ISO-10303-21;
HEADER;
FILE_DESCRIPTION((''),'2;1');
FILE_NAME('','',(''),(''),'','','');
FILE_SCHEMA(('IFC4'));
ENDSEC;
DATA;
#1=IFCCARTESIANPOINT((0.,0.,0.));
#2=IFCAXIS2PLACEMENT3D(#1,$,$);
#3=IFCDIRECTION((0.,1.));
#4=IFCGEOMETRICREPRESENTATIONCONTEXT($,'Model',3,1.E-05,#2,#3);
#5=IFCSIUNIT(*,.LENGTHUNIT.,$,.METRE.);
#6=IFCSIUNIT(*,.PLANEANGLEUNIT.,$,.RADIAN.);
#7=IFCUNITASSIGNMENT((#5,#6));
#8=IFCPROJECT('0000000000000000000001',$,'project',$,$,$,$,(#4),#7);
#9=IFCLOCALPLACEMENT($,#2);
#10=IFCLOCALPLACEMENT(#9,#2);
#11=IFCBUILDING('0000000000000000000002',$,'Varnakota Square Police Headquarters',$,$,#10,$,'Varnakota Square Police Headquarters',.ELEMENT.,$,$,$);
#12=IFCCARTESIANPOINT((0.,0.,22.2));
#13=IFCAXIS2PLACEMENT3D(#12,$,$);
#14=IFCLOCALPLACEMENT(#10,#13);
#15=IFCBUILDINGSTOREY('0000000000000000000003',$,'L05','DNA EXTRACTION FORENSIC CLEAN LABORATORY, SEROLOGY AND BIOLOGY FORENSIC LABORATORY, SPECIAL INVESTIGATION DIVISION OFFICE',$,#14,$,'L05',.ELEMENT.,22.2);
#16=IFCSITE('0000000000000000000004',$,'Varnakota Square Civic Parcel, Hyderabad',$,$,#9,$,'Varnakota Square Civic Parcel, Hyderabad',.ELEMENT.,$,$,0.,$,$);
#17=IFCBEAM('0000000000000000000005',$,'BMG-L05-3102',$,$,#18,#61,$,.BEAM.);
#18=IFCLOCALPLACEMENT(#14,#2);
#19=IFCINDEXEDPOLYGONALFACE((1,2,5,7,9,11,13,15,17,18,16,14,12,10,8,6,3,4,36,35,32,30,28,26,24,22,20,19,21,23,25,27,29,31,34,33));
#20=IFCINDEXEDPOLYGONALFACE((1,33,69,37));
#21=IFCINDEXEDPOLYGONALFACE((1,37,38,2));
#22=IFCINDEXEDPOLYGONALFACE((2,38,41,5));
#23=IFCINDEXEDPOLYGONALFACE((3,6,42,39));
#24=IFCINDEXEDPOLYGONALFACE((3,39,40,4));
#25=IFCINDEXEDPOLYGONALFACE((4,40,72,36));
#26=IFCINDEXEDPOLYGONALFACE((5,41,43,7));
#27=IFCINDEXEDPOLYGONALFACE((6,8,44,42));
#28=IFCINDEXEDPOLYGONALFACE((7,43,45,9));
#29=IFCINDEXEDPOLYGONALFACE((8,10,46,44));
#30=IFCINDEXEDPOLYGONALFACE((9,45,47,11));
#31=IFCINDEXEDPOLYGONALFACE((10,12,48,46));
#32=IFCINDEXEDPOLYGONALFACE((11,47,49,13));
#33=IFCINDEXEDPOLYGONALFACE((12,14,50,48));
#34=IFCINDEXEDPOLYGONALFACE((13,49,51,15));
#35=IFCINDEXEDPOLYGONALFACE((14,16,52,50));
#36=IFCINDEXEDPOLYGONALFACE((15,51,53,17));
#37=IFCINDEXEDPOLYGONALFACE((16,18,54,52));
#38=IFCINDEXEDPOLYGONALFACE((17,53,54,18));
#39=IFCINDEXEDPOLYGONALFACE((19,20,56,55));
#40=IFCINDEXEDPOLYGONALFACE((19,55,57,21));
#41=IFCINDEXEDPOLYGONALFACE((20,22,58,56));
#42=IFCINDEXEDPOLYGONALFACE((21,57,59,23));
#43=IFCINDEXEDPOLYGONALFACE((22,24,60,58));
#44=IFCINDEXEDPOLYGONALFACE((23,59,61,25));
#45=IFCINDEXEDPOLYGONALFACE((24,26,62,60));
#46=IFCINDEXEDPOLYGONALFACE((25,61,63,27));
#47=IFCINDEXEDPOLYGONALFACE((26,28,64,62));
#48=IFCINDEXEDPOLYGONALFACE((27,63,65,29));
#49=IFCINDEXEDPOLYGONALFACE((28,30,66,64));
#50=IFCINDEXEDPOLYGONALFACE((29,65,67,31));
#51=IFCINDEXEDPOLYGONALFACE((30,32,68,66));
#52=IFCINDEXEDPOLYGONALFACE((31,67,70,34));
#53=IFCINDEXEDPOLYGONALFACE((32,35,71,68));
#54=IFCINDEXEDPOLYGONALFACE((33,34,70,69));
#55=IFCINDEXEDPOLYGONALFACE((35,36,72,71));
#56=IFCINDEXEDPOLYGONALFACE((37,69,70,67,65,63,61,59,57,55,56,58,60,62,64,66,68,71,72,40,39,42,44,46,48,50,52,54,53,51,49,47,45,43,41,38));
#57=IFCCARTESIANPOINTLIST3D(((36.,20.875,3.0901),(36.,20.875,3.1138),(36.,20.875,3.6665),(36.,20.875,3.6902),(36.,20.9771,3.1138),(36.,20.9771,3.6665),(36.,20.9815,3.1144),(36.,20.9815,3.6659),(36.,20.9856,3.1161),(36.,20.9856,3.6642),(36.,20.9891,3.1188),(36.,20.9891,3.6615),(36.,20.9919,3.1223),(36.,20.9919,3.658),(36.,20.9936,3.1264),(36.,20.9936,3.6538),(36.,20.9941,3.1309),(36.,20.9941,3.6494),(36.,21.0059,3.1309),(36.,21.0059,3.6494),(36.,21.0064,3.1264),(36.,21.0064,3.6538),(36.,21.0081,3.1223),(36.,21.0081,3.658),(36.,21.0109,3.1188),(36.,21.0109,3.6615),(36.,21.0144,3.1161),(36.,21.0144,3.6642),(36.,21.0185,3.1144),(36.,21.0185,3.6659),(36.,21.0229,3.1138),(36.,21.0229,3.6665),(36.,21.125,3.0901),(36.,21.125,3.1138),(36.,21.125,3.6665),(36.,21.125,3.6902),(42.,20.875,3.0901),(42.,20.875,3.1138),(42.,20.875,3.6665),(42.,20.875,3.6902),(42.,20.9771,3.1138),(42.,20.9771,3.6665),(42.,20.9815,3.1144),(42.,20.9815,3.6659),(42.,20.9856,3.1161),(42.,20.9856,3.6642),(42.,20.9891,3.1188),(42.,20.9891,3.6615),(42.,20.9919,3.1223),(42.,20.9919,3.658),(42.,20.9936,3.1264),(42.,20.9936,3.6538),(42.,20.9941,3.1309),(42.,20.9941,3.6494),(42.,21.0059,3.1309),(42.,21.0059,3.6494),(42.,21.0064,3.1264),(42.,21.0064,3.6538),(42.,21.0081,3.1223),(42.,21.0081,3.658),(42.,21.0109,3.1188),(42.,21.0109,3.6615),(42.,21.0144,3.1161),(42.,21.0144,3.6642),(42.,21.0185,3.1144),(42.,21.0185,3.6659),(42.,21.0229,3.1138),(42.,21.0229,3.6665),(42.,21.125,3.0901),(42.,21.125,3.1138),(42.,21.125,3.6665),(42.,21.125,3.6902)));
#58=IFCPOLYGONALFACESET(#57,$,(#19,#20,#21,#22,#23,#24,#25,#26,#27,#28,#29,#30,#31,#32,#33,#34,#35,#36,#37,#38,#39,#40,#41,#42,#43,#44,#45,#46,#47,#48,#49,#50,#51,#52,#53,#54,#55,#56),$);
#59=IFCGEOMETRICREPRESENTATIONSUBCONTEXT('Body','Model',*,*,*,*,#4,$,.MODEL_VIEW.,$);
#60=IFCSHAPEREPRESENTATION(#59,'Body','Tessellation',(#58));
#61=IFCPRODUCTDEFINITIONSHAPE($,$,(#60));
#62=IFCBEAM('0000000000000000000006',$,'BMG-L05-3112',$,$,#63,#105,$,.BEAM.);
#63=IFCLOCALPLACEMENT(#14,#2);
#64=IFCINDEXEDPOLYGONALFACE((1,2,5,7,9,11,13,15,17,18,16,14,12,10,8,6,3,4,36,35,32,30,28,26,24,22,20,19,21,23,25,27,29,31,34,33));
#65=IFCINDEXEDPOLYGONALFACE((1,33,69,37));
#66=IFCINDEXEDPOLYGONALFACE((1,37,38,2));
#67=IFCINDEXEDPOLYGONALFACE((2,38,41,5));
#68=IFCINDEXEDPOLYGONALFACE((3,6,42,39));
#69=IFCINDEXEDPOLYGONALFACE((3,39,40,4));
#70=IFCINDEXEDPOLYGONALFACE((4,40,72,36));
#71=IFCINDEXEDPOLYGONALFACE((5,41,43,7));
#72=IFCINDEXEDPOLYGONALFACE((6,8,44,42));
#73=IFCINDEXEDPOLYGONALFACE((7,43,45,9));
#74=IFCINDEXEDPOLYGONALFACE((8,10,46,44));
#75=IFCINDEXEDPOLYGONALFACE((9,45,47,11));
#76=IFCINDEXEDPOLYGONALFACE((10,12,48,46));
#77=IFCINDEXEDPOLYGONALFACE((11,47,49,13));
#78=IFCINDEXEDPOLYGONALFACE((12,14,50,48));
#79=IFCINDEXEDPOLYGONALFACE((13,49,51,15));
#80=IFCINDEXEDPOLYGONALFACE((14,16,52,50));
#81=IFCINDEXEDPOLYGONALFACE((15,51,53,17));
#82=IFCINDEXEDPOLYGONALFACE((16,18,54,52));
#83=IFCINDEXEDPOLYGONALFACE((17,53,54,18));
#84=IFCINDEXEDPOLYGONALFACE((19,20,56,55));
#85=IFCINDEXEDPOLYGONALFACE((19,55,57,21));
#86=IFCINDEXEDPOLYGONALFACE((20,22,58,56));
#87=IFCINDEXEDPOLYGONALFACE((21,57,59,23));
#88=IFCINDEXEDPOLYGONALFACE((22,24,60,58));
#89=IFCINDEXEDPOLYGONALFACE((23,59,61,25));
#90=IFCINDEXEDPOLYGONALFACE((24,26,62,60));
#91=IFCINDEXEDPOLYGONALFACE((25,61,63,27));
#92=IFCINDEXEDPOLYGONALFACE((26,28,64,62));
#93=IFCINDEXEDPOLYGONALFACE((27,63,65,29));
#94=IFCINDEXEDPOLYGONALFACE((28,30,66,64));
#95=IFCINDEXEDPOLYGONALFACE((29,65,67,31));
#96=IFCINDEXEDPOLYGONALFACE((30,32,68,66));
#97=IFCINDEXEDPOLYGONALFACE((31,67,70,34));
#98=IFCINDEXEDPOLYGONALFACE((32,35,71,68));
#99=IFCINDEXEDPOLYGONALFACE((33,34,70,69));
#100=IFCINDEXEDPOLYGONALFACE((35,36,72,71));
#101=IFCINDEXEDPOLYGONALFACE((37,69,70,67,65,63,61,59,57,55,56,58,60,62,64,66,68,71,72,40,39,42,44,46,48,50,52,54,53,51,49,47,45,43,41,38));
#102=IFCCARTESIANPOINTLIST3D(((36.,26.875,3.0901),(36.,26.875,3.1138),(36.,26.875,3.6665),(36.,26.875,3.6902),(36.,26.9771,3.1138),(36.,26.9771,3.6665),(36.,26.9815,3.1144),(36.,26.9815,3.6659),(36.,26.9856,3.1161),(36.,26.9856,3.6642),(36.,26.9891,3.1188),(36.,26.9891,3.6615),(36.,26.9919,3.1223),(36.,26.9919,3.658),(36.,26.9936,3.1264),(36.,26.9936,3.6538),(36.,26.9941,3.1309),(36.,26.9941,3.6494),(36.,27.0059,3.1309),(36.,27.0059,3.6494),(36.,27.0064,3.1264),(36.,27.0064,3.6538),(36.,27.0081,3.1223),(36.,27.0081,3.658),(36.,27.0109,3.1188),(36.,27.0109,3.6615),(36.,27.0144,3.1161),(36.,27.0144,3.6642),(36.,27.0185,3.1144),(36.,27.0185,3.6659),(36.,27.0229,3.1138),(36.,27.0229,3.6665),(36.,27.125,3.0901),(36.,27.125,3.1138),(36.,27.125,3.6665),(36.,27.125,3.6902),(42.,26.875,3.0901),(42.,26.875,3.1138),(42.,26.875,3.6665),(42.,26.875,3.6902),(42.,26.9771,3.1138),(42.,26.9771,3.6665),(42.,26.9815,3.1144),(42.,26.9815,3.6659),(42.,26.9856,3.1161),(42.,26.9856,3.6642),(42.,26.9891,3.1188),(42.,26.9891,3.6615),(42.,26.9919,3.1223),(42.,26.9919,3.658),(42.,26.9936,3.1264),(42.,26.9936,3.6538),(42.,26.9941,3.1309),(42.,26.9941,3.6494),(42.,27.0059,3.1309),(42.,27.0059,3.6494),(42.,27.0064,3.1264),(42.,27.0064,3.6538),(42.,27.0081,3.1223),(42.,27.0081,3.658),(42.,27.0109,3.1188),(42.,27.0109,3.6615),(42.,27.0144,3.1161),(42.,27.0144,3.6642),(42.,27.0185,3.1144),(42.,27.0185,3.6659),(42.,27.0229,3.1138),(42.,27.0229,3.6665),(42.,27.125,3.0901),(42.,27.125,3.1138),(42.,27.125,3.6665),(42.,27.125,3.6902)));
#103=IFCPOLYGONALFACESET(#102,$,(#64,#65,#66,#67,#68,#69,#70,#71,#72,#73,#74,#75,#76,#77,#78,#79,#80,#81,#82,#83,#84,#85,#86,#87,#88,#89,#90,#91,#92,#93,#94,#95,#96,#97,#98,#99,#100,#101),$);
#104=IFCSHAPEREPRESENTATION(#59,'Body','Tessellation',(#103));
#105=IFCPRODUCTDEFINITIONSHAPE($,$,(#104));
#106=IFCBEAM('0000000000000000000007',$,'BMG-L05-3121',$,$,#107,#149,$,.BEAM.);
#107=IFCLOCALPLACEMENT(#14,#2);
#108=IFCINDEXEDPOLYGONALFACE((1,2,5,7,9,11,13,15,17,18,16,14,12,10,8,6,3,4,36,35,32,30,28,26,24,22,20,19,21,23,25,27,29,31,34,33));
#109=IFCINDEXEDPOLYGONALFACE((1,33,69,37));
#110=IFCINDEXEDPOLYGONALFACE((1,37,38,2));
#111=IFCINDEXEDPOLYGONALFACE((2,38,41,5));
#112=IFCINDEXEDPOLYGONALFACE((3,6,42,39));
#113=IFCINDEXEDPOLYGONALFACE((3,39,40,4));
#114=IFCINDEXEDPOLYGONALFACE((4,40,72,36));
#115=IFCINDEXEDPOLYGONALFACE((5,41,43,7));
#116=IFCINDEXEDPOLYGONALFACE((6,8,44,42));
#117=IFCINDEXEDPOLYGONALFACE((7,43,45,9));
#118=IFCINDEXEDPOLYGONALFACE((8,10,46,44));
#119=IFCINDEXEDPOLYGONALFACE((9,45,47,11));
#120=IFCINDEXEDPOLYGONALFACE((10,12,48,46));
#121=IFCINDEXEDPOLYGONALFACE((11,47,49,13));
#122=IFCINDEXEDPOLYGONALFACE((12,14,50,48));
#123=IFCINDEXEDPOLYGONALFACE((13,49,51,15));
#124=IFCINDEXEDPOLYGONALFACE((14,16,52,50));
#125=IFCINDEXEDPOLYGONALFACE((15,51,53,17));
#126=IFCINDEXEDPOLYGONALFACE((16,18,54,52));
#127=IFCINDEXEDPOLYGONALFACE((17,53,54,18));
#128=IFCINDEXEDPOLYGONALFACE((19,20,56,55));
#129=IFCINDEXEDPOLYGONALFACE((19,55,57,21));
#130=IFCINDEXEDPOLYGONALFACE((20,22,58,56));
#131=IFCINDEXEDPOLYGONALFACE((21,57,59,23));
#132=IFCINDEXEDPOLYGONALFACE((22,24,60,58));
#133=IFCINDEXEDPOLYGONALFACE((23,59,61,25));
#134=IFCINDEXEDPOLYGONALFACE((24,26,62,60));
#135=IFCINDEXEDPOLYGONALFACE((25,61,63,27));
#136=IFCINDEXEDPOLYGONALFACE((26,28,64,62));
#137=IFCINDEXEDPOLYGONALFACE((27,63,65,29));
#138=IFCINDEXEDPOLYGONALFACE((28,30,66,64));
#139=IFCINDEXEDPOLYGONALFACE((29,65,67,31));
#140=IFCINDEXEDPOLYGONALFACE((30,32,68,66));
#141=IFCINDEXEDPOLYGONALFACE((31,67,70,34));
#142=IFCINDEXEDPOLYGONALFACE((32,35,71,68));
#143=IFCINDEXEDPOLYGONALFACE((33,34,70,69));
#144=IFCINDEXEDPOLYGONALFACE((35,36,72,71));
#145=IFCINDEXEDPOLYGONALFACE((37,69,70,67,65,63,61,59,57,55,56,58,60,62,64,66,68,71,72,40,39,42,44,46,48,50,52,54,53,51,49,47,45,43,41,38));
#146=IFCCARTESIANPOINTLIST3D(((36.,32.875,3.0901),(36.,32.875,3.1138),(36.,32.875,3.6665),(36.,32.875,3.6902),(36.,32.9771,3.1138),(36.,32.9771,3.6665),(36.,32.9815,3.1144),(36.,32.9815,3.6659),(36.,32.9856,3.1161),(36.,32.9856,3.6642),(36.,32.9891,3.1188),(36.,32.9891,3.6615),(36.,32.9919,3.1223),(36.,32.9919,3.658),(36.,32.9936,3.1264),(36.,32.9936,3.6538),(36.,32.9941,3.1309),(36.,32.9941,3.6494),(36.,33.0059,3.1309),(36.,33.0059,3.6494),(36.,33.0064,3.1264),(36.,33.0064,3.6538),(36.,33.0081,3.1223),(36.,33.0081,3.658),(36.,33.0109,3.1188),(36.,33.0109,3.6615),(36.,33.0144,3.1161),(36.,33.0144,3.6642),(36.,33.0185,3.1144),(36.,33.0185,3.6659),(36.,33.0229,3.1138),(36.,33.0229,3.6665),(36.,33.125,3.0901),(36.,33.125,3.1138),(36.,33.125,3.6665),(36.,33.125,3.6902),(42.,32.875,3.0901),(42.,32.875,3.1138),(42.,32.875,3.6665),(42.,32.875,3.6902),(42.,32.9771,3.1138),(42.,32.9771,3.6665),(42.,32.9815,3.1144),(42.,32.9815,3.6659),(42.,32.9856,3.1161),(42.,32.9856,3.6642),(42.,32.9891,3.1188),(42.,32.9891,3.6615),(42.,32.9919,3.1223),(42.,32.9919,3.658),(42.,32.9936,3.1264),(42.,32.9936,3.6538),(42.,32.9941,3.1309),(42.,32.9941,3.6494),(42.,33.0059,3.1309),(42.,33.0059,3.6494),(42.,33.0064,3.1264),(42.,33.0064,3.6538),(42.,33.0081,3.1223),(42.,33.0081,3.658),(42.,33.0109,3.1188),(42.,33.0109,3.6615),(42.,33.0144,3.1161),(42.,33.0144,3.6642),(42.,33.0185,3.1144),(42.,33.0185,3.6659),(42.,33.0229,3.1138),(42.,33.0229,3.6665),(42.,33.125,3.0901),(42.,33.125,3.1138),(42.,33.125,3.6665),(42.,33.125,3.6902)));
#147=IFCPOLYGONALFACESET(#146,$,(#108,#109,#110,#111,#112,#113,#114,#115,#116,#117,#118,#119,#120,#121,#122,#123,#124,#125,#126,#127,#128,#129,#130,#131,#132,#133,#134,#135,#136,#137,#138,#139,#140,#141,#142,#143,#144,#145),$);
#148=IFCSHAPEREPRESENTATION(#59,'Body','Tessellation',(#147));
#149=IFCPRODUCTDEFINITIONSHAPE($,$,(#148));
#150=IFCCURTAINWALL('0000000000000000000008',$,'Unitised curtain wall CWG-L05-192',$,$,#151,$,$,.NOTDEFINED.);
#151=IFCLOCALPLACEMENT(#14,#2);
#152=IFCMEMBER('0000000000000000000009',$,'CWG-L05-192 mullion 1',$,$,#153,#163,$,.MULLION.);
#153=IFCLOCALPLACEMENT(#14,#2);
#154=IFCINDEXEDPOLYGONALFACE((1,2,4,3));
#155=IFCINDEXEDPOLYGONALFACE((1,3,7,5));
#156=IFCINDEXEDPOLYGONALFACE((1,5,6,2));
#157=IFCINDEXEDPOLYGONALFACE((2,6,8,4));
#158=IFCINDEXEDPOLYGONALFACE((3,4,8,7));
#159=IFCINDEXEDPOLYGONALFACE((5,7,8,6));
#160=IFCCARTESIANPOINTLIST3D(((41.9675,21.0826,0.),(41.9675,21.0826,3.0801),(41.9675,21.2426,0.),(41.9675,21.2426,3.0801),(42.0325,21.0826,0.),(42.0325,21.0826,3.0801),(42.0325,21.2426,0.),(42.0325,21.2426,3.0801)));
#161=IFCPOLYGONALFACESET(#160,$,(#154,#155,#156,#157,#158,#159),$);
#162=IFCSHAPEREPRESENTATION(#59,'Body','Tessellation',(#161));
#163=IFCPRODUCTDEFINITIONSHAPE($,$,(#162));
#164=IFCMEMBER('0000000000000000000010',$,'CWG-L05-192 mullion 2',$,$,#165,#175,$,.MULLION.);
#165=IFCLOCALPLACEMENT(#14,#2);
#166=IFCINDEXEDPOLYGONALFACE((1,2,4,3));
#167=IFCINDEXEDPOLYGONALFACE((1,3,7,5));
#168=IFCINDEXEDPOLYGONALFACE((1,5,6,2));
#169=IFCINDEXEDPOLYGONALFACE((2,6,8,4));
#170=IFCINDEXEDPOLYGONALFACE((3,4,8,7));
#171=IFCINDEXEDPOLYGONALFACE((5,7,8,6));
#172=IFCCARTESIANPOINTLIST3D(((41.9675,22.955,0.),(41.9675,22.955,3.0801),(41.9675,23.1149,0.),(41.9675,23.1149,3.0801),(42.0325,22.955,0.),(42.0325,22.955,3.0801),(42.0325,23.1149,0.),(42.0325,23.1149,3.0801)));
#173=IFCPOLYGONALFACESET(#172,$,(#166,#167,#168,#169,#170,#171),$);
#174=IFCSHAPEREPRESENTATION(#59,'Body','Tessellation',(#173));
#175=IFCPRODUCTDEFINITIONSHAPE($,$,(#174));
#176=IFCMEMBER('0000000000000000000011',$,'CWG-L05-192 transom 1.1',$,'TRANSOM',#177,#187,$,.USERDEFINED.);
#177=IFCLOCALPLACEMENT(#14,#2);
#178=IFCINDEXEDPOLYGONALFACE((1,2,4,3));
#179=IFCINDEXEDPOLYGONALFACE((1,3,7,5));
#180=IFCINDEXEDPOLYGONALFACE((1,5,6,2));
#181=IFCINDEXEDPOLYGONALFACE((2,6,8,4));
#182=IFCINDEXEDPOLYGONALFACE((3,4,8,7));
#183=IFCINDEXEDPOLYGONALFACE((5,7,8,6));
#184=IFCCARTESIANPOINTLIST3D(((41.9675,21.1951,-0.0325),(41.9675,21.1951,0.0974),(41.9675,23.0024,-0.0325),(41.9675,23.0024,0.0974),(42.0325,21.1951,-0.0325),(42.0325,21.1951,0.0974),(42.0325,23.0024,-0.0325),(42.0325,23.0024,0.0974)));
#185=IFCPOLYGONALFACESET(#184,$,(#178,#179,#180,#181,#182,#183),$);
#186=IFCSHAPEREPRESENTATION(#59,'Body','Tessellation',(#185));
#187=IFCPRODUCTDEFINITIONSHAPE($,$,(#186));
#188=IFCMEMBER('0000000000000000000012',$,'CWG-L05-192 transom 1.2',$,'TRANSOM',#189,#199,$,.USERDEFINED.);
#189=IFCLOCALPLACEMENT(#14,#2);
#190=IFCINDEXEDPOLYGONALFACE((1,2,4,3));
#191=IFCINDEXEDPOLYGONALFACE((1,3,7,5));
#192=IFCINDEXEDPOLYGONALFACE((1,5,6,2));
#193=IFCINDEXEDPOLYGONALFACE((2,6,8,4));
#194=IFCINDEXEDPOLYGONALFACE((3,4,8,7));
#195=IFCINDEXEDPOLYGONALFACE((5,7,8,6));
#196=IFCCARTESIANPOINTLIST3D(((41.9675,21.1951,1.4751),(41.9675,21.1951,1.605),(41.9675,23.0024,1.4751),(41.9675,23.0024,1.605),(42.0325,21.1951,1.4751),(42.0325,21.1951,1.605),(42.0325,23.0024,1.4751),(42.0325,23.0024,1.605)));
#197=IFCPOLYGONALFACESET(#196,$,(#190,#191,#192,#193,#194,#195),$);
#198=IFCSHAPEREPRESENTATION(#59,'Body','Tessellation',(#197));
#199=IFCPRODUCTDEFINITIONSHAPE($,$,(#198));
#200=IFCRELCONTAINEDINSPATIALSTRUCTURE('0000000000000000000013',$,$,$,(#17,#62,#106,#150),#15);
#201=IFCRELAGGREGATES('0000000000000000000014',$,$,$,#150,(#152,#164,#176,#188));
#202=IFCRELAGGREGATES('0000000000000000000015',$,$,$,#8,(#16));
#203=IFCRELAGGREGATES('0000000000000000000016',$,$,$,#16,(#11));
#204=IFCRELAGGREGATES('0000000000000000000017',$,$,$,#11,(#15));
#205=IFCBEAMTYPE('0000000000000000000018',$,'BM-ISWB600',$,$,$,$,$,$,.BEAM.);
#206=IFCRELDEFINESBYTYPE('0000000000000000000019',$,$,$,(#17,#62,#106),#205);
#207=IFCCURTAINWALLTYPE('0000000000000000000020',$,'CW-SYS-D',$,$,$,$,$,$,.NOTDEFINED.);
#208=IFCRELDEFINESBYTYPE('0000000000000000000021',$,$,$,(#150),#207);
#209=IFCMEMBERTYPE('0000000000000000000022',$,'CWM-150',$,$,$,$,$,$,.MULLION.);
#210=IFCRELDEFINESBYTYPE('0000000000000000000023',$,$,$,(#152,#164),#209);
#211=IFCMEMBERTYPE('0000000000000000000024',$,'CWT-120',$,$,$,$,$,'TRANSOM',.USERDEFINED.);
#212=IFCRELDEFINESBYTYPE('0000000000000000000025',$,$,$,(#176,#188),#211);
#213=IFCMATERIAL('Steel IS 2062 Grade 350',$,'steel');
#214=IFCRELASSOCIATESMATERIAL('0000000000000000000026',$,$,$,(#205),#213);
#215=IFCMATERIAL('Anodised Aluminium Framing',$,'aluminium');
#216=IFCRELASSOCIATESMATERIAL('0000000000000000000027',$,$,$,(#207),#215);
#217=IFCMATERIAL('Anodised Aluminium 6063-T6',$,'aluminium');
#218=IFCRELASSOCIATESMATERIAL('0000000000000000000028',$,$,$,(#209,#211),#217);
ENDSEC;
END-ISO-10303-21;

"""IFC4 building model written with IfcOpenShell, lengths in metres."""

from ifc_helpers import new_model, si_unit, direction, frame, origin, origin_2d, place, context, subcontext, project, spatial, rectangle, i_section, extrude, material, material_profile, profile_set, type_object, element, aggregate, save


model = new_model("IFC4")

# Units and contexts
model_context = context("Model", 3, precision=1e-05, world=origin(), true_north=direction((0.0, 1.0)))
body_context = subcontext(model_context, "Body", "Model", "MODEL_VIEW")
ifc_project = project(units=[si_unit("LENGTHUNIT", "METRE"), si_unit("PLANEANGLEUNIT", "RADIAN")], contexts=[model_context])

# Site, building, storey
site_placement = place(None, origin())
site = spatial("IfcSite", under=ifc_project, at=site_placement, Name="Varnakota Square Civic Parcel, Hyderabad", LongName="Varnakota Square Civic Parcel, Hyderabad", CompositionType="ELEMENT", RefElevation=0.0)
building_placement = place(site_placement, origin())
building = spatial("IfcBuilding", under=site, at=building_placement, Name="Varnakota Square Police Headquarters", LongName="Varnakota Square Police Headquarters", CompositionType="ELEMENT")
storey_placement = place(building_placement, frame((0.0, 0.0, 22.2)))
storey = spatial("IfcBuildingStorey", under=building, at=storey_placement, Name="L05", Description="DNA EXTRACTION FORENSIC CLEAN LABORATORY, SEROLOGY AND BIOLOGY FORENSIC LABORATORY, SPECIAL INVESTIGATION DIVISION OFFICE", LongName="L05", CompositionType="ELEMENT", Elevation=22.2)

# Shared definitions
ifc_material_1 = material(Name="Steel IS 2062 Grade 350", Category="steel")

# Beams
ifc_material_profile_1 = material_profile(ifc_material_1, i_section(OverallWidth=0.25, OverallDepth=0.6001, WebThickness=0.0117, FlangeThickness=0.0237, FilletRadius=0.0171, at=origin_2d()), Name="ISWB 600")
ifc_profile_set_1 = profile_set([ifc_material_profile_1], Name="Steel IS 2062 Grade 350")
beam_type_1 = type_object("IfcBeamType", Name="BM-ISWB600", PredefinedType="BEAM", material=ifc_profile_set_1)
for number, where, z_axis, x_axis, name in (
    (1, (36.0, 21.0, 3.3901), (1.0, 0.0, 0.0), (0.0, 1.0, 0.0), "BMG-L05-3102"),
    (2, (36.0, 27.0, 3.3901), (1.0, 0.0, 0.0), (0.0, 1.0, 0.0), "BMG-L05-3112"),
    (3, (36.0, 33.0, 3.3901), (1.0, 0.0, 0.0), (0.0, 1.0, 0.0), "BMG-L05-3121"),
):
    element("IfcBeam", number, at=place(storey_placement, frame(where, z_axis=z_axis, x_axis=x_axis)), inside=storey, type_object=beam_type_1, Name=name, PredefinedType="BEAM", context=body_context, shape_type="SweptSolid", body=[
        extrude(i_section(OverallWidth=0.25, OverallDepth=0.6001, WebThickness=0.0117, FlangeThickness=0.0237, FilletRadius=0.0171, at=origin_2d()), origin(), (0.0, 0.0, 1.0), 6.0),
    ])

# Curtain wall, members
ifc_material_2 = material(Name="Anodised Aluminium Framing", Category="aluminium")
curtain_wall_type = type_object("IfcCurtainWallType", Name="CW-SYS-D", PredefinedType="NOTDEFINED", material=ifc_material_2)
curtain_wall_placement = place(storey_placement, origin())
curtain_wall = element("IfcCurtainWall", 4, at=curtain_wall_placement, inside=storey, type_object=curtain_wall_type, Name="Unitised curtain wall CWG-L05-192", PredefinedType="NOTDEFINED")
ifc_material_3 = material(Name="Anodised Aluminium 6063-T6", Category="aluminium")
ifc_material_profile_2 = material_profile(ifc_material_3, rectangle(XDim=0.0649, YDim=0.1599, at=origin_2d()), Name="ALU MULLION 65x160")
ifc_profile_set_2 = profile_set([ifc_material_profile_2], Name="Anodised Aluminium 6063-T6")
member_type_1 = type_object("IfcMemberType", Name="CWM-150", PredefinedType="MULLION", material=ifc_profile_set_2)
member_1_placement = place(storey_placement, frame((42.0, 21.1626, 0.0), z_axis=(0.0, 0.0, 1.0), x_axis=(-1.0, 0.0, 0.0)))
member_1 = element("IfcMember", 5, at=member_1_placement, type_object=member_type_1, Name="CWG-L05-192 mullion 1", PredefinedType="MULLION", context=body_context, shape_type="SweptSolid", body=[
    extrude(rectangle(XDim=0.0649, YDim=0.1599, at=origin_2d()), origin(), (0.0, 0.0, 1.0), 3.0801),
])
member_2_placement = place(storey_placement, frame((42.0, 23.0349, 0.0), z_axis=(0.0, 0.0, 1.0), x_axis=(-1.0, 0.0, 0.0)))
member_2 = element("IfcMember", 6, at=member_2_placement, type_object=member_type_1, Name="CWG-L05-192 mullion 2", PredefinedType="MULLION", context=body_context, shape_type="SweptSolid", body=[
    extrude(rectangle(XDim=0.0649, YDim=0.1599, at=origin_2d()), origin(), (0.0, 0.0, 1.0), 3.0801),
])
ifc_material_profile_3 = material_profile(ifc_material_3, rectangle(XDim=0.0649, YDim=0.1299, at=origin_2d()), Name="ALU TRANSOM 65x130")
ifc_profile_set_3 = profile_set([ifc_material_profile_3], Name="Anodised Aluminium 6063-T6")
member_type_2 = type_object("IfcMemberType", Name="CWT-120", ElementType="TRANSOM", PredefinedType="USERDEFINED", material=ifc_profile_set_3)
member_3_placement = place(storey_placement, frame((42.0, 21.1951, 0.0325), z_axis=(0.0, 1.0, 0.0), x_axis=(-1.0, 0.0, 0.0)))
member_3 = element("IfcMember", 7, at=member_3_placement, type_object=member_type_2, Name="CWG-L05-192 transom 1.1", ObjectType="TRANSOM", PredefinedType="USERDEFINED", context=body_context, shape_type="SweptSolid", body=[
    extrude(rectangle(XDim=0.0649, YDim=0.1299, at=origin_2d()), origin(), (0.0, 0.0, 1.0), 1.8074),
])
member_4_placement = place(storey_placement, frame((42.0, 21.1951, 1.54), z_axis=(0.0, 1.0, 0.0), x_axis=(-1.0, 0.0, 0.0)))
member_4 = element("IfcMember", 8, at=member_4_placement, type_object=member_type_2, Name="CWG-L05-192 transom 1.2", ObjectType="TRANSOM", PredefinedType="USERDEFINED", context=body_context, shape_type="SweptSolid", body=[
    extrude(rectangle(XDim=0.0649, YDim=0.1299, at=origin_2d()), origin(), (0.0, 0.0, 1.0), 1.8074),
])
aggregate(curtain_wall, [member_1, member_2, member_3, member_4])

save(model, "model.ifc")
